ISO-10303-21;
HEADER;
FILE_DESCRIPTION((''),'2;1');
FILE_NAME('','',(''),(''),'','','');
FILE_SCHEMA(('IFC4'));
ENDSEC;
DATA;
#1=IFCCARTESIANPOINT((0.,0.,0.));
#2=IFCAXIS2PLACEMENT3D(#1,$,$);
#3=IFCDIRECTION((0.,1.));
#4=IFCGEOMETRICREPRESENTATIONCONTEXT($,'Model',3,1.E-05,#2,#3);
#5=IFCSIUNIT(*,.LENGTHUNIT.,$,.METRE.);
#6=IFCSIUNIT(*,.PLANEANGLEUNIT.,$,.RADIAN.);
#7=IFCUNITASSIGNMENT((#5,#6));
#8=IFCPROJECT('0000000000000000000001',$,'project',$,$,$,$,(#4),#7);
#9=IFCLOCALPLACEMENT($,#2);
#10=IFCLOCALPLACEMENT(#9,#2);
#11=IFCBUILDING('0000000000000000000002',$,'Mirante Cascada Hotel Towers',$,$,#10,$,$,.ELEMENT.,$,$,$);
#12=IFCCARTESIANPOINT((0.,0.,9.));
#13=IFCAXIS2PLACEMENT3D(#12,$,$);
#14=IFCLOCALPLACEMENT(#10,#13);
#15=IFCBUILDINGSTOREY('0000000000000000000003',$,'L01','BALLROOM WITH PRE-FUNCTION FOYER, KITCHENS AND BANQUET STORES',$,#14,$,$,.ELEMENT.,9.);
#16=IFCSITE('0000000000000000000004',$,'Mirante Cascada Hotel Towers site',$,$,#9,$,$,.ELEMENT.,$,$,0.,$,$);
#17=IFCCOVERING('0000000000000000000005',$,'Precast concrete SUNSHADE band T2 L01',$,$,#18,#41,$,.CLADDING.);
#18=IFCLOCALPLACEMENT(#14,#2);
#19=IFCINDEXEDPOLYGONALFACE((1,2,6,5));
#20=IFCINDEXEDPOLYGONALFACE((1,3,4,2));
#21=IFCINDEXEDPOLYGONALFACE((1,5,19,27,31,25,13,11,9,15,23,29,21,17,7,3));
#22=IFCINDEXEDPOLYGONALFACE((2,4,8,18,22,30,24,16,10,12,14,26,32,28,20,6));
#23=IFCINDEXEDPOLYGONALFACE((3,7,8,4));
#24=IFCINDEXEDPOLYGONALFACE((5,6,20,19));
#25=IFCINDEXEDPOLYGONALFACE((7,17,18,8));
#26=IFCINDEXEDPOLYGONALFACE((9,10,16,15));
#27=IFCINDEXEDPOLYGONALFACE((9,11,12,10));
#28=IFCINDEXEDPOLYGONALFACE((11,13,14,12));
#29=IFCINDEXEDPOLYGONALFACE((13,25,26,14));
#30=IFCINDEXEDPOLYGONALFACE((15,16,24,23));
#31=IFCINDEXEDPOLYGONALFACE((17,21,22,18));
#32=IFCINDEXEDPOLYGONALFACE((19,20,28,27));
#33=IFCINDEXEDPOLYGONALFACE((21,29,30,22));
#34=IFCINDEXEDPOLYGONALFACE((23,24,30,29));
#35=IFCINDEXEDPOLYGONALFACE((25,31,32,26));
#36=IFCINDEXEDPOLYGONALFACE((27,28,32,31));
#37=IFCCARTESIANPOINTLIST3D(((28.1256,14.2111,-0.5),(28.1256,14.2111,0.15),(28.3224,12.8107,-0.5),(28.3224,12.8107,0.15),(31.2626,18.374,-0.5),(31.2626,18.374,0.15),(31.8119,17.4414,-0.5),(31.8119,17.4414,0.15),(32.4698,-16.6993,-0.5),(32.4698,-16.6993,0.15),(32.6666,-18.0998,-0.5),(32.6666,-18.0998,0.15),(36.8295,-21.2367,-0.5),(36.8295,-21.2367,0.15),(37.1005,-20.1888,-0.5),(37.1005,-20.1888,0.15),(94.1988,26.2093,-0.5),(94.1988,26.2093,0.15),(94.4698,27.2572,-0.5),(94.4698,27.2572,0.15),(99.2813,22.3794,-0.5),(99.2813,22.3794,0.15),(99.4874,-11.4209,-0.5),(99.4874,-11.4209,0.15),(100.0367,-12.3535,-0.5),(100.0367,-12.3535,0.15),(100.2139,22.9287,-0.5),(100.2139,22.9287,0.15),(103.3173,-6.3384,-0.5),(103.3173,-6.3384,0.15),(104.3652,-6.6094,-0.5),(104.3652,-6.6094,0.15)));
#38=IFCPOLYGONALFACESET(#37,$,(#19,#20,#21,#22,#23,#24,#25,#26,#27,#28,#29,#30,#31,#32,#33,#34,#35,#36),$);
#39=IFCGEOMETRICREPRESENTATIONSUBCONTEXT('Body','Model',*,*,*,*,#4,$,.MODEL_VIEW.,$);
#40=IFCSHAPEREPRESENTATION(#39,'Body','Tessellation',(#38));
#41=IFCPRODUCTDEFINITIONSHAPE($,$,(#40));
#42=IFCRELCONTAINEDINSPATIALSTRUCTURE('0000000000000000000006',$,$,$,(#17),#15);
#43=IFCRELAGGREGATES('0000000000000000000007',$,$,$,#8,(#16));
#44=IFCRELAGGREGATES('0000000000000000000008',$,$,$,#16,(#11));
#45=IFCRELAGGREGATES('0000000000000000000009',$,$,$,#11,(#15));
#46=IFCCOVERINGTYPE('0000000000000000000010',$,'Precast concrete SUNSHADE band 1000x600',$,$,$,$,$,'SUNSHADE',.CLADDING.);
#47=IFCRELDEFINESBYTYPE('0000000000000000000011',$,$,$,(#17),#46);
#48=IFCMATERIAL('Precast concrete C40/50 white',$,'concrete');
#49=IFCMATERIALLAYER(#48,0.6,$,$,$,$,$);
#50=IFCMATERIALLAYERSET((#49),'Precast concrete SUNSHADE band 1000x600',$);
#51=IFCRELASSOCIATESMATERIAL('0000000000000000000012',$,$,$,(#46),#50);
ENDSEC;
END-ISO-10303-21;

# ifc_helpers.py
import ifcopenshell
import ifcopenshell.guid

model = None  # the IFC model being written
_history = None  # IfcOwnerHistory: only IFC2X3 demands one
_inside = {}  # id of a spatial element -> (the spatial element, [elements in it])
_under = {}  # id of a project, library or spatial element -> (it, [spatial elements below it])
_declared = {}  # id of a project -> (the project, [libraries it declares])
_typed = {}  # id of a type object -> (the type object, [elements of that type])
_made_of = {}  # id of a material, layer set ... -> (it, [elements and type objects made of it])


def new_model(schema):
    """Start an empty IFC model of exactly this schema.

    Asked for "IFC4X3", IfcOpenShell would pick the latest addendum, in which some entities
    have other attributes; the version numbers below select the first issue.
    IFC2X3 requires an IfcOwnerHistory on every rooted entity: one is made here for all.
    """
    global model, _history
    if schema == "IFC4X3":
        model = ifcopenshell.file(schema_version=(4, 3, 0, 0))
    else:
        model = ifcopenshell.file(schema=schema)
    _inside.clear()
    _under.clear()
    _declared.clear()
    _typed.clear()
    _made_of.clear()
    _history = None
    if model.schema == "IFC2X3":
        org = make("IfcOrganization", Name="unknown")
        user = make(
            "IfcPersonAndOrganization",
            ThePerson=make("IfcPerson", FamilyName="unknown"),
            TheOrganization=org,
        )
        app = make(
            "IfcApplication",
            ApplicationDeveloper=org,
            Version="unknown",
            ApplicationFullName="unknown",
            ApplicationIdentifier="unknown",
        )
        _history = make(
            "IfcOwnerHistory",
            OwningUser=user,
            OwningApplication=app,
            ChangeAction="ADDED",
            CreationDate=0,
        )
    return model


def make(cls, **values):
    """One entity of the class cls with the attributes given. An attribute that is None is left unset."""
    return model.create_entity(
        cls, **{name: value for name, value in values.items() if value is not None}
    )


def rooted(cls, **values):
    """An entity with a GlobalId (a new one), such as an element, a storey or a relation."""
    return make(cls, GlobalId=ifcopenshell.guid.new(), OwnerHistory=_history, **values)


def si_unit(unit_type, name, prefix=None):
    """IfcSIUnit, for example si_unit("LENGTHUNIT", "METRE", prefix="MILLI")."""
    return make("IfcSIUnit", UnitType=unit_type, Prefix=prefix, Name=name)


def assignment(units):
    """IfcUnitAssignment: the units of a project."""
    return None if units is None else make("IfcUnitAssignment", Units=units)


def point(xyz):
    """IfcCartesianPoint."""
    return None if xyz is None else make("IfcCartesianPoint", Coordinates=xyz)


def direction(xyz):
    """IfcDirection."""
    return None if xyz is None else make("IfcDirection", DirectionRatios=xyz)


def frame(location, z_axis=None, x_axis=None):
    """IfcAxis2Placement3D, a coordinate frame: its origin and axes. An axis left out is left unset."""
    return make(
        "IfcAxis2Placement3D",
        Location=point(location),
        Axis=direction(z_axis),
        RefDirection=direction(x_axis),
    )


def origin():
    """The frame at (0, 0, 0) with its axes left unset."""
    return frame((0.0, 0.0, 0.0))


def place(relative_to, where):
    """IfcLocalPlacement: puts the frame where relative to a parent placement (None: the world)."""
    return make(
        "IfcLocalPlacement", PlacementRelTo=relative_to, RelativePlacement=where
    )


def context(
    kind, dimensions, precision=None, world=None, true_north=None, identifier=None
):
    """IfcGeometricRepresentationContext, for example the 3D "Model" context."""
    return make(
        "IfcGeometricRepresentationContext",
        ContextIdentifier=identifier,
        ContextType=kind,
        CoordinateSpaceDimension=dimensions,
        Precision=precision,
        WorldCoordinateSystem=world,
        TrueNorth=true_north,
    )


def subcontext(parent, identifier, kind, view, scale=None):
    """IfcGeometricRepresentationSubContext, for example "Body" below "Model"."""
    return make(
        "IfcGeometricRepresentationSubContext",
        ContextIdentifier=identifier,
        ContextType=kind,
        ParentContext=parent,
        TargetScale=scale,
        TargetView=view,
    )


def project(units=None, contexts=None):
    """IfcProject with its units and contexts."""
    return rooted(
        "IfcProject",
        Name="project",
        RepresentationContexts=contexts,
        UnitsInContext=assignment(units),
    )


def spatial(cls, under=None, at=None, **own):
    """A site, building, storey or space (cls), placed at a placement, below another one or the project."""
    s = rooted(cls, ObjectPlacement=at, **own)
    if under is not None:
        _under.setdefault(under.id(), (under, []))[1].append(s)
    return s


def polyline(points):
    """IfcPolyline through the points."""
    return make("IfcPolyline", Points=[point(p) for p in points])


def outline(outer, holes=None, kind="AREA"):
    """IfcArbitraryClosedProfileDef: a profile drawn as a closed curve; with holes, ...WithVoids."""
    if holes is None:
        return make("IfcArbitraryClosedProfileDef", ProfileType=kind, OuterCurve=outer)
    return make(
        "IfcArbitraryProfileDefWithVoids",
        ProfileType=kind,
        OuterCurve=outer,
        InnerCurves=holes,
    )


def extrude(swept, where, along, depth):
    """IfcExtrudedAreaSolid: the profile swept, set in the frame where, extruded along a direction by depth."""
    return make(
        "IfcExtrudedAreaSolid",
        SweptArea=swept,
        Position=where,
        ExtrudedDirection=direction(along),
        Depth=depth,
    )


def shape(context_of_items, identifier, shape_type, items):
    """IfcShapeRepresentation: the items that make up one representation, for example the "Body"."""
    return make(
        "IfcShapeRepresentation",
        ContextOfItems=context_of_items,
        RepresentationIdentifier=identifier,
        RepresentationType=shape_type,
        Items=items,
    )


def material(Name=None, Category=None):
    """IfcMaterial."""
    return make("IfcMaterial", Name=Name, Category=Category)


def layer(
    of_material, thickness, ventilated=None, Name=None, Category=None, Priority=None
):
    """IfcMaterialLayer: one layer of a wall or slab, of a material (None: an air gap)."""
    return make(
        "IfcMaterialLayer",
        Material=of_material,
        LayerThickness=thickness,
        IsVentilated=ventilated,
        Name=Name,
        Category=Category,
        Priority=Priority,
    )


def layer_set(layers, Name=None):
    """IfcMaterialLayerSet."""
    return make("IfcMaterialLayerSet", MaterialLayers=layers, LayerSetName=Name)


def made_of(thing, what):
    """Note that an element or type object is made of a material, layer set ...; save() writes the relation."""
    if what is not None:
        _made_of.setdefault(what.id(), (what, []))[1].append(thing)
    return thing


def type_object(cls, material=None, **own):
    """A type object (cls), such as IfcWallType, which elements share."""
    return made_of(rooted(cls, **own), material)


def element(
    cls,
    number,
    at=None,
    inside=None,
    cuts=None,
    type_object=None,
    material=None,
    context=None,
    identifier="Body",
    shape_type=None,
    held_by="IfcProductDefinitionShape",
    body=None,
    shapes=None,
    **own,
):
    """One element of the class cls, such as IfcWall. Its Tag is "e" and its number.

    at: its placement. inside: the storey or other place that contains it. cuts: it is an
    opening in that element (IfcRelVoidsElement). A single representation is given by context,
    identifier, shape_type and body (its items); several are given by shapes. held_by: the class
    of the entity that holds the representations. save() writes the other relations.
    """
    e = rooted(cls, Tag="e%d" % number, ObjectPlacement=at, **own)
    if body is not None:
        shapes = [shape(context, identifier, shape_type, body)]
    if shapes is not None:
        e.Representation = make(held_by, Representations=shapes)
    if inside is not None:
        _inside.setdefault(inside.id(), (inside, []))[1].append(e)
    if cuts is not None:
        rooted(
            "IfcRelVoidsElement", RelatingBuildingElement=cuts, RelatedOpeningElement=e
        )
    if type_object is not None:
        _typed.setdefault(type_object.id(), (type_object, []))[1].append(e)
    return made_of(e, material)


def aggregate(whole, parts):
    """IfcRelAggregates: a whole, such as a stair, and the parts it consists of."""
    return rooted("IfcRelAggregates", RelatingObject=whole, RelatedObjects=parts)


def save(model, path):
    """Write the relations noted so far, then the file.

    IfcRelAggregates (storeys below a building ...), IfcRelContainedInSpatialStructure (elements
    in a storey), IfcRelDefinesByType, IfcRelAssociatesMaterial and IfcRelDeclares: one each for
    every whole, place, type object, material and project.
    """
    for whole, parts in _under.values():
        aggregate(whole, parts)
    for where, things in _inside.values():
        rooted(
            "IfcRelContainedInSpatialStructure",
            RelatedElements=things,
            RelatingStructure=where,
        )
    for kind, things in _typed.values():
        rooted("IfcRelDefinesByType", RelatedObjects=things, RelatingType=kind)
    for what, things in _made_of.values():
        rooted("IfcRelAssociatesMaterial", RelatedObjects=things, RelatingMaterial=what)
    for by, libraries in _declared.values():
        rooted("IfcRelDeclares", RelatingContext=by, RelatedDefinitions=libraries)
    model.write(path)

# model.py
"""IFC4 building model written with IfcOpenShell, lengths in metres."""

from ifc_helpers import new_model, si_unit, direction, frame, origin, place, context, subcontext, project, spatial, polyline, outline, extrude, material, layer, layer_set, type_object, element, save


model = new_model("IFC4")

# Units and contexts
model_context = context("Model", 3, precision=1e-05, world=origin(), true_north=direction((0.0, 1.0)))
body_context = subcontext(model_context, "Body", "Model", "MODEL_VIEW")
ifc_project = project(units=[si_unit("LENGTHUNIT", "METRE"), si_unit("PLANEANGLEUNIT", "RADIAN")], contexts=[model_context])

# Site, building, storey
site_placement = place(None, origin())
site = spatial("IfcSite", under=ifc_project, at=site_placement, Name="Mirante Cascada Hotel Towers site", CompositionType="ELEMENT", RefElevation=0.0)
building_placement = place(site_placement, origin())
building = spatial("IfcBuilding", under=site, at=building_placement, Name="Mirante Cascada Hotel Towers", CompositionType="ELEMENT")
storey_placement = place(building_placement, frame((0.0, 0.0, 9.0)))
storey = spatial("IfcBuildingStorey", under=building, at=storey_placement, Name="L01", Description="BALLROOM WITH PRE-FUNCTION FOYER, KITCHENS AND BANQUET STORES", CompositionType="ELEMENT", Elevation=9.0)

# Covering
ifc_material_1 = material(Name="Precast concrete C40/50 white", Category="concrete")
ifc_layer_1 = layer(ifc_material_1, 0.6)
ifc_layer_set_1 = layer_set([ifc_layer_1], Name="Precast concrete SUNSHADE band 1000x600")
covering_type = type_object("IfcCoveringType", Name="Precast concrete SUNSHADE band 1000x600", ElementType="SUNSHADE", PredefinedType="CLADDING", material=ifc_layer_set_1)
covering_1_placement = place(storey_placement, frame((0.0, 0.0, -0.5)))
element("IfcCovering", 1, at=covering_1_placement, inside=storey, type_object=covering_type, Name="Precast concrete SUNSHADE band T2 L01", PredefinedType="CLADDING", context=body_context, shape_type="SweptSolid", body=[
    extrude(outline(polyline([(94.4698, 27.2572), (100.2139, 22.9287), (104.3652, -6.6094), (100.0367, -12.3535), (36.8295, -21.2367), (32.6666, -18.0998), (32.4698, -16.6993), (37.1005, -20.1888), (99.4874, -11.4209), (103.3173, -6.3384), (99.2813, 22.3794), (94.1988, 26.2093), (31.8119, 17.4414), (28.3224, 12.8107), (28.1256, 14.2111), (31.2626, 18.374), (94.4698, 27.2572)])), origin(), (0.0, 0.0, 1.0), 0.65),
])

save(model, "model.ifc")
